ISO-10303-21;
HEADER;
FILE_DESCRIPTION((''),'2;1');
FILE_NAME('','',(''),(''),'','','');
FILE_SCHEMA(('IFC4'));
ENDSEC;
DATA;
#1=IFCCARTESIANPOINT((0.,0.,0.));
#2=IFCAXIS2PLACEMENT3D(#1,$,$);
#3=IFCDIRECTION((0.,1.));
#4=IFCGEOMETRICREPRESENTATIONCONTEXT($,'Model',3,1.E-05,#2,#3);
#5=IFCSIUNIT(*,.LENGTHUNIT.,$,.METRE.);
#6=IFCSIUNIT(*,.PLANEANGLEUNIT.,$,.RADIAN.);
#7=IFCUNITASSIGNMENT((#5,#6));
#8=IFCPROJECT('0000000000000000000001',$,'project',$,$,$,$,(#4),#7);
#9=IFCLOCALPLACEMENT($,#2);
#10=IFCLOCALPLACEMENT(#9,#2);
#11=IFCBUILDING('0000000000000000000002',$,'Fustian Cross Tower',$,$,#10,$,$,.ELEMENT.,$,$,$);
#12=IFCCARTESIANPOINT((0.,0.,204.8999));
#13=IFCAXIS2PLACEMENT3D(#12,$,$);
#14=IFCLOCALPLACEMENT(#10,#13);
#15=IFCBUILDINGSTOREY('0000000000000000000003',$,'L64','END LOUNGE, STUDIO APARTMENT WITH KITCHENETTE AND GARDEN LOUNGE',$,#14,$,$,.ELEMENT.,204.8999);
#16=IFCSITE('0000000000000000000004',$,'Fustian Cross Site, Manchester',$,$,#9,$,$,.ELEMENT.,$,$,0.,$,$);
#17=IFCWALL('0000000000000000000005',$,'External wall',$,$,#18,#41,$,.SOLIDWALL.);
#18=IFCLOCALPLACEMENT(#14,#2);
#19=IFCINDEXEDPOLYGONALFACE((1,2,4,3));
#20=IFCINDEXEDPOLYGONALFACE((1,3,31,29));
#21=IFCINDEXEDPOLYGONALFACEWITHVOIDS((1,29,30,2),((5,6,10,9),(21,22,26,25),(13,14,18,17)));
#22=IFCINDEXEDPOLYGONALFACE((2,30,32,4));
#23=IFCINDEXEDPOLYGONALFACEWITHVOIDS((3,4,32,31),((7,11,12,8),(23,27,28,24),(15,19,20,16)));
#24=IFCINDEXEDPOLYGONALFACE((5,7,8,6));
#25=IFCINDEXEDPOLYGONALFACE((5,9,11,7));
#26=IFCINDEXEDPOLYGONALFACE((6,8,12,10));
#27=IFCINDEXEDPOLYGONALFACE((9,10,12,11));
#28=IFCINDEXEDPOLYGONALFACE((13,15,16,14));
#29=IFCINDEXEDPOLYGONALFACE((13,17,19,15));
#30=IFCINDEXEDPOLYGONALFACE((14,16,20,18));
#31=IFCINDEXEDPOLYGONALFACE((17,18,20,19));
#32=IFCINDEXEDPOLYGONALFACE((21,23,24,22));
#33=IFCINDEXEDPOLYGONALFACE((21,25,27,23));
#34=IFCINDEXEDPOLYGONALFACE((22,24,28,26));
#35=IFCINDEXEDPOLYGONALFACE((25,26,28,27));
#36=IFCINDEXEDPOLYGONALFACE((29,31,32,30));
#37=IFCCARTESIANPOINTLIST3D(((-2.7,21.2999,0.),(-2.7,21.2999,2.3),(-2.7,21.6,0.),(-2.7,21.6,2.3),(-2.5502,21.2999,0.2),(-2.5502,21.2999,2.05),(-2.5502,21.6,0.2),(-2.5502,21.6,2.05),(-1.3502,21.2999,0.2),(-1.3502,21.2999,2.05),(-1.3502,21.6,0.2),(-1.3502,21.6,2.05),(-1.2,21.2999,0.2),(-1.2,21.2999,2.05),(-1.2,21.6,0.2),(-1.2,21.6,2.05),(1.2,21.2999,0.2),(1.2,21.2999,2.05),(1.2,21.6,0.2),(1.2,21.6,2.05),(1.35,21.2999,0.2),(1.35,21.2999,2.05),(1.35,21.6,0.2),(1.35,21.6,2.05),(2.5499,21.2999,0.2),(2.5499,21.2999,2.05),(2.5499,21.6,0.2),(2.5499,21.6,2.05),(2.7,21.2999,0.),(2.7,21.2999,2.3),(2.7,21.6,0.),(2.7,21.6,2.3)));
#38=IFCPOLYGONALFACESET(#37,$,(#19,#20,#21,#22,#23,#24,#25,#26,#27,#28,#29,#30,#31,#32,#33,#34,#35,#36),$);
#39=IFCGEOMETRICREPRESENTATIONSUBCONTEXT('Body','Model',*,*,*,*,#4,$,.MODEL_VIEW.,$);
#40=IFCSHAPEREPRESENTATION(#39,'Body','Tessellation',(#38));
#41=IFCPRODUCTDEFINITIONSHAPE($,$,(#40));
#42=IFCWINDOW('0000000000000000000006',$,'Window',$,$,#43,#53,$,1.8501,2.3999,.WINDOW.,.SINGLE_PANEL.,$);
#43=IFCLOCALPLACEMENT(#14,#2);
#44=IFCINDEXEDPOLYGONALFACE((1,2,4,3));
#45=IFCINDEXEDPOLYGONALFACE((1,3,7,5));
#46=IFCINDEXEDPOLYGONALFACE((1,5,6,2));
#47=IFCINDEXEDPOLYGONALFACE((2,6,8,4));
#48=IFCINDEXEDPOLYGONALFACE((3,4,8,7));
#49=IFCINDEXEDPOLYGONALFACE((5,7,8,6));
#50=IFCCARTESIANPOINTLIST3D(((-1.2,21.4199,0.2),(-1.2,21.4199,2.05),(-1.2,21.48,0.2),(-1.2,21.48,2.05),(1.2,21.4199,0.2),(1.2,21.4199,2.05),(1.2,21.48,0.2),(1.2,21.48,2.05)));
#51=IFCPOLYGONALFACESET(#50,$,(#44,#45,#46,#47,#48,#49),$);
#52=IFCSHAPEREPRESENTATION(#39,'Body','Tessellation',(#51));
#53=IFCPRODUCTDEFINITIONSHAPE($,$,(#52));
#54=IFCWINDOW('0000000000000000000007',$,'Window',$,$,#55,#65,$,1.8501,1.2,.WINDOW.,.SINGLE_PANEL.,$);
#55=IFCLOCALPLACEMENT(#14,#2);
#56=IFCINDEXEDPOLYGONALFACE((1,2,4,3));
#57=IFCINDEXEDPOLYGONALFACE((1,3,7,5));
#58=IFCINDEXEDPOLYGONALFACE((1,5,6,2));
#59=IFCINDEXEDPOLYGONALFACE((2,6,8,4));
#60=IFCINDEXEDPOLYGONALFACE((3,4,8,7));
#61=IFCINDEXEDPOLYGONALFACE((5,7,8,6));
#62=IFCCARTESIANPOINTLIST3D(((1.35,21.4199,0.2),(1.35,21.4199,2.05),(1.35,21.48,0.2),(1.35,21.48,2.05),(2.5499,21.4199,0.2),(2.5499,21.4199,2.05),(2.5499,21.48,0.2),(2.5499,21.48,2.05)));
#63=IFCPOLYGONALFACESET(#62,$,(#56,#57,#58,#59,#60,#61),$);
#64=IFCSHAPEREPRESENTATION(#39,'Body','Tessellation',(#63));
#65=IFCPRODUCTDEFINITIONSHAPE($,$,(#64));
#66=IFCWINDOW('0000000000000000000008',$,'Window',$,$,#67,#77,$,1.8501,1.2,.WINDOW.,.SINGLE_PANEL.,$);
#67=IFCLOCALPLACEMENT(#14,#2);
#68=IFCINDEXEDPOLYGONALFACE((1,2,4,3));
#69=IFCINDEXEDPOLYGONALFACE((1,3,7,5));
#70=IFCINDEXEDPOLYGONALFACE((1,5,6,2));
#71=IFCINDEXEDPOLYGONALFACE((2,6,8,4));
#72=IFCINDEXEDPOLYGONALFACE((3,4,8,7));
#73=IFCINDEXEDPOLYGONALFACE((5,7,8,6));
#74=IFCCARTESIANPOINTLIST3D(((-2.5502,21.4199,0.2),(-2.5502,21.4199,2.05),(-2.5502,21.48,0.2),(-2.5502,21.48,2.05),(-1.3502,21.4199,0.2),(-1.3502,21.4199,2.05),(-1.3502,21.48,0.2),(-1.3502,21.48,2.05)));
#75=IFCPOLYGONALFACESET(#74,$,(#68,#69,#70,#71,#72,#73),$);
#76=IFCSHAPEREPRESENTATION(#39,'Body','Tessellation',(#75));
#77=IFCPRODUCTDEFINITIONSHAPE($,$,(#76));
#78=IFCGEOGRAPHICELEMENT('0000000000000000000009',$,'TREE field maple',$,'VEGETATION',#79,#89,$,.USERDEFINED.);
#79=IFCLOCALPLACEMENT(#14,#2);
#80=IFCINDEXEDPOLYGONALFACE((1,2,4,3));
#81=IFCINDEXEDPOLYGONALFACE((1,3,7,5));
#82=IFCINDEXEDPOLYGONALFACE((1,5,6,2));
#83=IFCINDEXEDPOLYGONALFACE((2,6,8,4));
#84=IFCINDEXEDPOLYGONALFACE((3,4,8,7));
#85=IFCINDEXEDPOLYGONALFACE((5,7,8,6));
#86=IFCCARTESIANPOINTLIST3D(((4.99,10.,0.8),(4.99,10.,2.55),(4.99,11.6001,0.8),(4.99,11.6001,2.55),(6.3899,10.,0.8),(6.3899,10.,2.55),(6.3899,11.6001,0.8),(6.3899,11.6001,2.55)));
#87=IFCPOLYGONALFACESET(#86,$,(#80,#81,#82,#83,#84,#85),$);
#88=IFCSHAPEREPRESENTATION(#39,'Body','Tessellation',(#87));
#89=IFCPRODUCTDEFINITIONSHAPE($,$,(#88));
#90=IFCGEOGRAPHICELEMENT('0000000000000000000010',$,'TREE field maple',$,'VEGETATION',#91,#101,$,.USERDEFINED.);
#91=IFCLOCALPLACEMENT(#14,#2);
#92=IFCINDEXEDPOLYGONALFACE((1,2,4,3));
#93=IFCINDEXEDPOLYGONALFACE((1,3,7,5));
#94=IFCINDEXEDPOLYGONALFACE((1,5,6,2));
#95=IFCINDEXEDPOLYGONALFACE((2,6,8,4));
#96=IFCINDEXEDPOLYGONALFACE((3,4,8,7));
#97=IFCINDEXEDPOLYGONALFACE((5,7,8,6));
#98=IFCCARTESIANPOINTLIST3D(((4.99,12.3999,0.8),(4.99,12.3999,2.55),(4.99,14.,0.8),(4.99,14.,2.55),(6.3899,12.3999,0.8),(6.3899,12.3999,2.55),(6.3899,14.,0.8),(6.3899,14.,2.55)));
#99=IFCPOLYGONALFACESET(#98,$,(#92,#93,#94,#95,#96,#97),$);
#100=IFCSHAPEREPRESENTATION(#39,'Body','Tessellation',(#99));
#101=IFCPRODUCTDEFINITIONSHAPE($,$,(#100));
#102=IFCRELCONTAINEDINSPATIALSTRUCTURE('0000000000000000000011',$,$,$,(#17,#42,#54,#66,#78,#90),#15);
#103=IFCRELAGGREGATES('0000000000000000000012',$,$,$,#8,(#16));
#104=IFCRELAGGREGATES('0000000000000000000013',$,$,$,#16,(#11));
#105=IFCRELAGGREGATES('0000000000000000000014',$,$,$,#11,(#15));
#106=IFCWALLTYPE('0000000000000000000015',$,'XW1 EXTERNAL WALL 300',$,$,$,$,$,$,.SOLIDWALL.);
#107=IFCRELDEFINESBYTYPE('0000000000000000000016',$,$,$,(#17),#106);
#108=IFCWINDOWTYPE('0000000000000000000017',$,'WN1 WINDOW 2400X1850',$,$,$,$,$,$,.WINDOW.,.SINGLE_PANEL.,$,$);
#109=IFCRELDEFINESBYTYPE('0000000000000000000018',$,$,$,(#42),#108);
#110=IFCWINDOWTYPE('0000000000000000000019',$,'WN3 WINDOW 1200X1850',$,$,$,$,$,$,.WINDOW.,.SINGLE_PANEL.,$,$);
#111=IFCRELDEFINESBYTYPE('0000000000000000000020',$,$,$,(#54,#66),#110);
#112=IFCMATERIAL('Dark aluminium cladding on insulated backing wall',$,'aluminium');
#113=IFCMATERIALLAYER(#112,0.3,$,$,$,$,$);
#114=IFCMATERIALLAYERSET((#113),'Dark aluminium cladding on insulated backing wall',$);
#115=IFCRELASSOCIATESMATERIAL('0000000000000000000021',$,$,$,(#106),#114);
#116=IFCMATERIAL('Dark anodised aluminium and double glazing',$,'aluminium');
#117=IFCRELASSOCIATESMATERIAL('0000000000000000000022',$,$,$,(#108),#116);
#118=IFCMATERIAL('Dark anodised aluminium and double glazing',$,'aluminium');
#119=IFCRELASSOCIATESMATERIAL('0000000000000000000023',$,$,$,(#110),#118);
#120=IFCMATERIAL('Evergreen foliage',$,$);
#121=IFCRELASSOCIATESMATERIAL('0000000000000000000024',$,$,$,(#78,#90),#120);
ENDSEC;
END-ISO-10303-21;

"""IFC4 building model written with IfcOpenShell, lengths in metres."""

from ifc_helpers import new_model, si_unit, direction, frame, frame_2d, origin, origin_2d, place, context, subcontext, project, spatial, rectangle, extrude, material, layer, layer_set, type_object, element, fill, save


model = new_model("IFC4")

# Units and contexts
model_context = context("Model", 3, precision=1e-05, world=origin(), true_north=direction((0.0, 1.0)))
body_context = subcontext(model_context, "Body", "Model", "MODEL_VIEW")
ifc_project = project(units=[si_unit("LENGTHUNIT", "METRE"), si_unit("PLANEANGLEUNIT", "RADIAN")], contexts=[model_context])

# Site, building, storey
site_placement = place(None, origin())
site = spatial("IfcSite", under=ifc_project, at=site_placement, Name="Fustian Cross Site, Manchester", CompositionType="ELEMENT", RefElevation=0.0)
building_placement = place(site_placement, origin())
building = spatial("IfcBuilding", under=site, at=building_placement, Name="Fustian Cross Tower", CompositionType="ELEMENT")
storey_placement = place(building_placement, frame((0.0, 0.0, 204.8999)))
storey = spatial("IfcBuildingStorey", under=building, at=storey_placement, Name="L64", Description="END LOUNGE, STUDIO APARTMENT WITH KITCHENETTE AND GARDEN LOUNGE", CompositionType="ELEMENT", Elevation=204.8999)

# Shared definitions
ifc_material_1 = material(Name="Dark aluminium cladding on insulated backing wall", Category="aluminium")
ifc_layer_1 = layer(ifc_material_1, 0.3)
ifc_layer_set_1 = layer_set([ifc_layer_1], Name="Dark aluminium cladding on insulated backing wall")
wall_type_1 = type_object("IfcWallType", Name="XW1 EXTERNAL WALL 300", PredefinedType="SOLIDWALL", material=ifc_layer_set_1)

# Wall, openings, windows
wall_1_placement = place(storey_placement, frame((2.7, 21.45, 0.0), z_axis=(0.0, 0.0, 1.0), x_axis=(-1.0, 0.0, 0.0)))
wall_1 = element("IfcWall", 1, at=wall_1_placement, inside=storey, type_object=wall_type_1, Name="External wall", PredefinedType="SOLIDWALL", context=body_context, shape_type="SweptSolid", body=[
    extrude(rectangle(XDim=5.3999, YDim=0.3, at=frame_2d((2.7, 0.0))), origin(), (0.0, 0.0, 1.0), 2.3),
])
opening_1_placement = place(wall_1_placement, frame((1.5, 0.0, 0.2)))
opening_1 = element("IfcOpeningElement", 2, at=opening_1_placement, cuts=wall_1, PredefinedType="OPENING", context=body_context, shape_type="SweptSolid", body=[
    extrude(rectangle(XDim=2.3999, YDim=1.8501, at=frame_2d((1.2, 0.925))), frame((0.0, 0.1599, 0.0), z_axis=(0.0, -1.0, 0.0), x_axis=(1.0, 0.0, 0.0)), (0.0, 0.0, 1.0), 0.3201),
])
opening_2_placement = place(wall_1_placement, frame((0.1499, 0.0, 0.2)))
opening_2 = element("IfcOpeningElement", 3, at=opening_2_placement, cuts=wall_1, PredefinedType="OPENING", context=body_context, shape_type="SweptSolid", body=[
    extrude(rectangle(XDim=1.2, YDim=1.8501, at=frame_2d((0.6001, 0.925))), frame((0.0, 0.1599, 0.0), z_axis=(0.0, -1.0, 0.0), x_axis=(1.0, 0.0, 0.0)), (0.0, 0.0, 1.0), 0.3201),
])
opening_3_placement = place(wall_1_placement, frame((4.05, 0.0, 0.2)))
opening_3 = element("IfcOpeningElement", 4, at=opening_3_placement, cuts=wall_1, PredefinedType="OPENING", context=body_context, shape_type="SweptSolid", body=[
    extrude(rectangle(XDim=1.2, YDim=1.8501, at=frame_2d((0.6001, 0.925))), frame((0.0, 0.1599, 0.0), z_axis=(0.0, -1.0, 0.0), x_axis=(1.0, 0.0, 0.0)), (0.0, 0.0, 1.0), 0.3201),
])
ifc_material_2 = material(Name="Dark anodised aluminium and double glazing", Category="aluminium")
window_type_1 = type_object("IfcWindowType", Name="WN1 WINDOW 2400X1850", PartitioningType="SINGLE_PANEL", PredefinedType="WINDOW", material=ifc_material_2)
window_1_placement = place(opening_1_placement, origin())
window_1 = element("IfcWindow", 5, at=window_1_placement, inside=storey, type_object=window_type_1, Name="Window", OverallHeight=1.8501, OverallWidth=2.3999, PartitioningType="SINGLE_PANEL", PredefinedType="WINDOW", context=body_context, shape_type="SweptSolid", body=[
    extrude(rectangle(XDim=2.3999, YDim=1.8501, at=frame_2d((1.2, 0.925))), frame((0.0, 0.03, 0.0), z_axis=(0.0, -1.0, 0.0), x_axis=(1.0, 0.0, 0.0)), (0.0, 0.0, 1.0), 0.0601),
])
fill(opening_1, window_1)
ifc_material_3 = material(Name="Dark anodised aluminium and double glazing", Category="aluminium")
window_type_2 = type_object("IfcWindowType", Name="WN3 WINDOW 1200X1850", PartitioningType="SINGLE_PANEL", PredefinedType="WINDOW", material=ifc_material_3)
window_2_placement = place(opening_2_placement, origin())
window_2 = element("IfcWindow", 6, at=window_2_placement, inside=storey, type_object=window_type_2, Name="Window", OverallHeight=1.8501, OverallWidth=1.2, PartitioningType="SINGLE_PANEL", PredefinedType="WINDOW", context=body_context, shape_type="SweptSolid", body=[
    extrude(rectangle(XDim=1.2, YDim=1.8501, at=frame_2d((0.6001, 0.925))), frame((0.0, 0.03, 0.0), z_axis=(0.0, -1.0, 0.0), x_axis=(1.0, 0.0, 0.0)), (0.0, 0.0, 1.0), 0.0601),
])
fill(opening_2, window_2)
window_3_placement = place(opening_3_placement, origin())
window_3 = element("IfcWindow", 7, at=window_3_placement, inside=storey, type_object=window_type_2, Name="Window", OverallHeight=1.8501, OverallWidth=1.2, PartitioningType="SINGLE_PANEL", PredefinedType="WINDOW", context=body_context, shape_type="SweptSolid", body=[
    extrude(rectangle(XDim=1.2, YDim=1.8501, at=frame_2d((0.6001, 0.925))), frame((0.0, 0.03, 0.0), z_axis=(0.0, -1.0, 0.0), x_axis=(1.0, 0.0, 0.0)), (0.0, 0.0, 1.0), 0.0601),
])
fill(opening_3, window_3)

# Geographic elements
ifc_material_4 = material(Name="Evergreen foliage")
for number, where, z_axis, x_axis, name in (
    (8, (5.6899, 10.8, 0.8), (0.0, 0.0, 1.0), (1.0, 0.0, 0.0), "TREE field maple"),
    (9, (5.6899, 13.2, 0.8), (0.0, 0.0, 1.0), (1.0, 0.0, 0.0), "TREE field maple"),
):
    element("IfcGeographicElement", number, at=place(storey_placement, frame(where, z_axis=z_axis, x_axis=x_axis)), inside=storey, material=ifc_material_4, Name=name, ObjectType="VEGETATION", PredefinedType="USERDEFINED", context=body_context, shape_type="SweptSolid", body=[
        extrude(rectangle(XDim=1.3999, YDim=1.6001, at=origin_2d()), origin(), (0.0, 0.0, 1.0), 1.75),
    ])

save(model, "model.ifc")
